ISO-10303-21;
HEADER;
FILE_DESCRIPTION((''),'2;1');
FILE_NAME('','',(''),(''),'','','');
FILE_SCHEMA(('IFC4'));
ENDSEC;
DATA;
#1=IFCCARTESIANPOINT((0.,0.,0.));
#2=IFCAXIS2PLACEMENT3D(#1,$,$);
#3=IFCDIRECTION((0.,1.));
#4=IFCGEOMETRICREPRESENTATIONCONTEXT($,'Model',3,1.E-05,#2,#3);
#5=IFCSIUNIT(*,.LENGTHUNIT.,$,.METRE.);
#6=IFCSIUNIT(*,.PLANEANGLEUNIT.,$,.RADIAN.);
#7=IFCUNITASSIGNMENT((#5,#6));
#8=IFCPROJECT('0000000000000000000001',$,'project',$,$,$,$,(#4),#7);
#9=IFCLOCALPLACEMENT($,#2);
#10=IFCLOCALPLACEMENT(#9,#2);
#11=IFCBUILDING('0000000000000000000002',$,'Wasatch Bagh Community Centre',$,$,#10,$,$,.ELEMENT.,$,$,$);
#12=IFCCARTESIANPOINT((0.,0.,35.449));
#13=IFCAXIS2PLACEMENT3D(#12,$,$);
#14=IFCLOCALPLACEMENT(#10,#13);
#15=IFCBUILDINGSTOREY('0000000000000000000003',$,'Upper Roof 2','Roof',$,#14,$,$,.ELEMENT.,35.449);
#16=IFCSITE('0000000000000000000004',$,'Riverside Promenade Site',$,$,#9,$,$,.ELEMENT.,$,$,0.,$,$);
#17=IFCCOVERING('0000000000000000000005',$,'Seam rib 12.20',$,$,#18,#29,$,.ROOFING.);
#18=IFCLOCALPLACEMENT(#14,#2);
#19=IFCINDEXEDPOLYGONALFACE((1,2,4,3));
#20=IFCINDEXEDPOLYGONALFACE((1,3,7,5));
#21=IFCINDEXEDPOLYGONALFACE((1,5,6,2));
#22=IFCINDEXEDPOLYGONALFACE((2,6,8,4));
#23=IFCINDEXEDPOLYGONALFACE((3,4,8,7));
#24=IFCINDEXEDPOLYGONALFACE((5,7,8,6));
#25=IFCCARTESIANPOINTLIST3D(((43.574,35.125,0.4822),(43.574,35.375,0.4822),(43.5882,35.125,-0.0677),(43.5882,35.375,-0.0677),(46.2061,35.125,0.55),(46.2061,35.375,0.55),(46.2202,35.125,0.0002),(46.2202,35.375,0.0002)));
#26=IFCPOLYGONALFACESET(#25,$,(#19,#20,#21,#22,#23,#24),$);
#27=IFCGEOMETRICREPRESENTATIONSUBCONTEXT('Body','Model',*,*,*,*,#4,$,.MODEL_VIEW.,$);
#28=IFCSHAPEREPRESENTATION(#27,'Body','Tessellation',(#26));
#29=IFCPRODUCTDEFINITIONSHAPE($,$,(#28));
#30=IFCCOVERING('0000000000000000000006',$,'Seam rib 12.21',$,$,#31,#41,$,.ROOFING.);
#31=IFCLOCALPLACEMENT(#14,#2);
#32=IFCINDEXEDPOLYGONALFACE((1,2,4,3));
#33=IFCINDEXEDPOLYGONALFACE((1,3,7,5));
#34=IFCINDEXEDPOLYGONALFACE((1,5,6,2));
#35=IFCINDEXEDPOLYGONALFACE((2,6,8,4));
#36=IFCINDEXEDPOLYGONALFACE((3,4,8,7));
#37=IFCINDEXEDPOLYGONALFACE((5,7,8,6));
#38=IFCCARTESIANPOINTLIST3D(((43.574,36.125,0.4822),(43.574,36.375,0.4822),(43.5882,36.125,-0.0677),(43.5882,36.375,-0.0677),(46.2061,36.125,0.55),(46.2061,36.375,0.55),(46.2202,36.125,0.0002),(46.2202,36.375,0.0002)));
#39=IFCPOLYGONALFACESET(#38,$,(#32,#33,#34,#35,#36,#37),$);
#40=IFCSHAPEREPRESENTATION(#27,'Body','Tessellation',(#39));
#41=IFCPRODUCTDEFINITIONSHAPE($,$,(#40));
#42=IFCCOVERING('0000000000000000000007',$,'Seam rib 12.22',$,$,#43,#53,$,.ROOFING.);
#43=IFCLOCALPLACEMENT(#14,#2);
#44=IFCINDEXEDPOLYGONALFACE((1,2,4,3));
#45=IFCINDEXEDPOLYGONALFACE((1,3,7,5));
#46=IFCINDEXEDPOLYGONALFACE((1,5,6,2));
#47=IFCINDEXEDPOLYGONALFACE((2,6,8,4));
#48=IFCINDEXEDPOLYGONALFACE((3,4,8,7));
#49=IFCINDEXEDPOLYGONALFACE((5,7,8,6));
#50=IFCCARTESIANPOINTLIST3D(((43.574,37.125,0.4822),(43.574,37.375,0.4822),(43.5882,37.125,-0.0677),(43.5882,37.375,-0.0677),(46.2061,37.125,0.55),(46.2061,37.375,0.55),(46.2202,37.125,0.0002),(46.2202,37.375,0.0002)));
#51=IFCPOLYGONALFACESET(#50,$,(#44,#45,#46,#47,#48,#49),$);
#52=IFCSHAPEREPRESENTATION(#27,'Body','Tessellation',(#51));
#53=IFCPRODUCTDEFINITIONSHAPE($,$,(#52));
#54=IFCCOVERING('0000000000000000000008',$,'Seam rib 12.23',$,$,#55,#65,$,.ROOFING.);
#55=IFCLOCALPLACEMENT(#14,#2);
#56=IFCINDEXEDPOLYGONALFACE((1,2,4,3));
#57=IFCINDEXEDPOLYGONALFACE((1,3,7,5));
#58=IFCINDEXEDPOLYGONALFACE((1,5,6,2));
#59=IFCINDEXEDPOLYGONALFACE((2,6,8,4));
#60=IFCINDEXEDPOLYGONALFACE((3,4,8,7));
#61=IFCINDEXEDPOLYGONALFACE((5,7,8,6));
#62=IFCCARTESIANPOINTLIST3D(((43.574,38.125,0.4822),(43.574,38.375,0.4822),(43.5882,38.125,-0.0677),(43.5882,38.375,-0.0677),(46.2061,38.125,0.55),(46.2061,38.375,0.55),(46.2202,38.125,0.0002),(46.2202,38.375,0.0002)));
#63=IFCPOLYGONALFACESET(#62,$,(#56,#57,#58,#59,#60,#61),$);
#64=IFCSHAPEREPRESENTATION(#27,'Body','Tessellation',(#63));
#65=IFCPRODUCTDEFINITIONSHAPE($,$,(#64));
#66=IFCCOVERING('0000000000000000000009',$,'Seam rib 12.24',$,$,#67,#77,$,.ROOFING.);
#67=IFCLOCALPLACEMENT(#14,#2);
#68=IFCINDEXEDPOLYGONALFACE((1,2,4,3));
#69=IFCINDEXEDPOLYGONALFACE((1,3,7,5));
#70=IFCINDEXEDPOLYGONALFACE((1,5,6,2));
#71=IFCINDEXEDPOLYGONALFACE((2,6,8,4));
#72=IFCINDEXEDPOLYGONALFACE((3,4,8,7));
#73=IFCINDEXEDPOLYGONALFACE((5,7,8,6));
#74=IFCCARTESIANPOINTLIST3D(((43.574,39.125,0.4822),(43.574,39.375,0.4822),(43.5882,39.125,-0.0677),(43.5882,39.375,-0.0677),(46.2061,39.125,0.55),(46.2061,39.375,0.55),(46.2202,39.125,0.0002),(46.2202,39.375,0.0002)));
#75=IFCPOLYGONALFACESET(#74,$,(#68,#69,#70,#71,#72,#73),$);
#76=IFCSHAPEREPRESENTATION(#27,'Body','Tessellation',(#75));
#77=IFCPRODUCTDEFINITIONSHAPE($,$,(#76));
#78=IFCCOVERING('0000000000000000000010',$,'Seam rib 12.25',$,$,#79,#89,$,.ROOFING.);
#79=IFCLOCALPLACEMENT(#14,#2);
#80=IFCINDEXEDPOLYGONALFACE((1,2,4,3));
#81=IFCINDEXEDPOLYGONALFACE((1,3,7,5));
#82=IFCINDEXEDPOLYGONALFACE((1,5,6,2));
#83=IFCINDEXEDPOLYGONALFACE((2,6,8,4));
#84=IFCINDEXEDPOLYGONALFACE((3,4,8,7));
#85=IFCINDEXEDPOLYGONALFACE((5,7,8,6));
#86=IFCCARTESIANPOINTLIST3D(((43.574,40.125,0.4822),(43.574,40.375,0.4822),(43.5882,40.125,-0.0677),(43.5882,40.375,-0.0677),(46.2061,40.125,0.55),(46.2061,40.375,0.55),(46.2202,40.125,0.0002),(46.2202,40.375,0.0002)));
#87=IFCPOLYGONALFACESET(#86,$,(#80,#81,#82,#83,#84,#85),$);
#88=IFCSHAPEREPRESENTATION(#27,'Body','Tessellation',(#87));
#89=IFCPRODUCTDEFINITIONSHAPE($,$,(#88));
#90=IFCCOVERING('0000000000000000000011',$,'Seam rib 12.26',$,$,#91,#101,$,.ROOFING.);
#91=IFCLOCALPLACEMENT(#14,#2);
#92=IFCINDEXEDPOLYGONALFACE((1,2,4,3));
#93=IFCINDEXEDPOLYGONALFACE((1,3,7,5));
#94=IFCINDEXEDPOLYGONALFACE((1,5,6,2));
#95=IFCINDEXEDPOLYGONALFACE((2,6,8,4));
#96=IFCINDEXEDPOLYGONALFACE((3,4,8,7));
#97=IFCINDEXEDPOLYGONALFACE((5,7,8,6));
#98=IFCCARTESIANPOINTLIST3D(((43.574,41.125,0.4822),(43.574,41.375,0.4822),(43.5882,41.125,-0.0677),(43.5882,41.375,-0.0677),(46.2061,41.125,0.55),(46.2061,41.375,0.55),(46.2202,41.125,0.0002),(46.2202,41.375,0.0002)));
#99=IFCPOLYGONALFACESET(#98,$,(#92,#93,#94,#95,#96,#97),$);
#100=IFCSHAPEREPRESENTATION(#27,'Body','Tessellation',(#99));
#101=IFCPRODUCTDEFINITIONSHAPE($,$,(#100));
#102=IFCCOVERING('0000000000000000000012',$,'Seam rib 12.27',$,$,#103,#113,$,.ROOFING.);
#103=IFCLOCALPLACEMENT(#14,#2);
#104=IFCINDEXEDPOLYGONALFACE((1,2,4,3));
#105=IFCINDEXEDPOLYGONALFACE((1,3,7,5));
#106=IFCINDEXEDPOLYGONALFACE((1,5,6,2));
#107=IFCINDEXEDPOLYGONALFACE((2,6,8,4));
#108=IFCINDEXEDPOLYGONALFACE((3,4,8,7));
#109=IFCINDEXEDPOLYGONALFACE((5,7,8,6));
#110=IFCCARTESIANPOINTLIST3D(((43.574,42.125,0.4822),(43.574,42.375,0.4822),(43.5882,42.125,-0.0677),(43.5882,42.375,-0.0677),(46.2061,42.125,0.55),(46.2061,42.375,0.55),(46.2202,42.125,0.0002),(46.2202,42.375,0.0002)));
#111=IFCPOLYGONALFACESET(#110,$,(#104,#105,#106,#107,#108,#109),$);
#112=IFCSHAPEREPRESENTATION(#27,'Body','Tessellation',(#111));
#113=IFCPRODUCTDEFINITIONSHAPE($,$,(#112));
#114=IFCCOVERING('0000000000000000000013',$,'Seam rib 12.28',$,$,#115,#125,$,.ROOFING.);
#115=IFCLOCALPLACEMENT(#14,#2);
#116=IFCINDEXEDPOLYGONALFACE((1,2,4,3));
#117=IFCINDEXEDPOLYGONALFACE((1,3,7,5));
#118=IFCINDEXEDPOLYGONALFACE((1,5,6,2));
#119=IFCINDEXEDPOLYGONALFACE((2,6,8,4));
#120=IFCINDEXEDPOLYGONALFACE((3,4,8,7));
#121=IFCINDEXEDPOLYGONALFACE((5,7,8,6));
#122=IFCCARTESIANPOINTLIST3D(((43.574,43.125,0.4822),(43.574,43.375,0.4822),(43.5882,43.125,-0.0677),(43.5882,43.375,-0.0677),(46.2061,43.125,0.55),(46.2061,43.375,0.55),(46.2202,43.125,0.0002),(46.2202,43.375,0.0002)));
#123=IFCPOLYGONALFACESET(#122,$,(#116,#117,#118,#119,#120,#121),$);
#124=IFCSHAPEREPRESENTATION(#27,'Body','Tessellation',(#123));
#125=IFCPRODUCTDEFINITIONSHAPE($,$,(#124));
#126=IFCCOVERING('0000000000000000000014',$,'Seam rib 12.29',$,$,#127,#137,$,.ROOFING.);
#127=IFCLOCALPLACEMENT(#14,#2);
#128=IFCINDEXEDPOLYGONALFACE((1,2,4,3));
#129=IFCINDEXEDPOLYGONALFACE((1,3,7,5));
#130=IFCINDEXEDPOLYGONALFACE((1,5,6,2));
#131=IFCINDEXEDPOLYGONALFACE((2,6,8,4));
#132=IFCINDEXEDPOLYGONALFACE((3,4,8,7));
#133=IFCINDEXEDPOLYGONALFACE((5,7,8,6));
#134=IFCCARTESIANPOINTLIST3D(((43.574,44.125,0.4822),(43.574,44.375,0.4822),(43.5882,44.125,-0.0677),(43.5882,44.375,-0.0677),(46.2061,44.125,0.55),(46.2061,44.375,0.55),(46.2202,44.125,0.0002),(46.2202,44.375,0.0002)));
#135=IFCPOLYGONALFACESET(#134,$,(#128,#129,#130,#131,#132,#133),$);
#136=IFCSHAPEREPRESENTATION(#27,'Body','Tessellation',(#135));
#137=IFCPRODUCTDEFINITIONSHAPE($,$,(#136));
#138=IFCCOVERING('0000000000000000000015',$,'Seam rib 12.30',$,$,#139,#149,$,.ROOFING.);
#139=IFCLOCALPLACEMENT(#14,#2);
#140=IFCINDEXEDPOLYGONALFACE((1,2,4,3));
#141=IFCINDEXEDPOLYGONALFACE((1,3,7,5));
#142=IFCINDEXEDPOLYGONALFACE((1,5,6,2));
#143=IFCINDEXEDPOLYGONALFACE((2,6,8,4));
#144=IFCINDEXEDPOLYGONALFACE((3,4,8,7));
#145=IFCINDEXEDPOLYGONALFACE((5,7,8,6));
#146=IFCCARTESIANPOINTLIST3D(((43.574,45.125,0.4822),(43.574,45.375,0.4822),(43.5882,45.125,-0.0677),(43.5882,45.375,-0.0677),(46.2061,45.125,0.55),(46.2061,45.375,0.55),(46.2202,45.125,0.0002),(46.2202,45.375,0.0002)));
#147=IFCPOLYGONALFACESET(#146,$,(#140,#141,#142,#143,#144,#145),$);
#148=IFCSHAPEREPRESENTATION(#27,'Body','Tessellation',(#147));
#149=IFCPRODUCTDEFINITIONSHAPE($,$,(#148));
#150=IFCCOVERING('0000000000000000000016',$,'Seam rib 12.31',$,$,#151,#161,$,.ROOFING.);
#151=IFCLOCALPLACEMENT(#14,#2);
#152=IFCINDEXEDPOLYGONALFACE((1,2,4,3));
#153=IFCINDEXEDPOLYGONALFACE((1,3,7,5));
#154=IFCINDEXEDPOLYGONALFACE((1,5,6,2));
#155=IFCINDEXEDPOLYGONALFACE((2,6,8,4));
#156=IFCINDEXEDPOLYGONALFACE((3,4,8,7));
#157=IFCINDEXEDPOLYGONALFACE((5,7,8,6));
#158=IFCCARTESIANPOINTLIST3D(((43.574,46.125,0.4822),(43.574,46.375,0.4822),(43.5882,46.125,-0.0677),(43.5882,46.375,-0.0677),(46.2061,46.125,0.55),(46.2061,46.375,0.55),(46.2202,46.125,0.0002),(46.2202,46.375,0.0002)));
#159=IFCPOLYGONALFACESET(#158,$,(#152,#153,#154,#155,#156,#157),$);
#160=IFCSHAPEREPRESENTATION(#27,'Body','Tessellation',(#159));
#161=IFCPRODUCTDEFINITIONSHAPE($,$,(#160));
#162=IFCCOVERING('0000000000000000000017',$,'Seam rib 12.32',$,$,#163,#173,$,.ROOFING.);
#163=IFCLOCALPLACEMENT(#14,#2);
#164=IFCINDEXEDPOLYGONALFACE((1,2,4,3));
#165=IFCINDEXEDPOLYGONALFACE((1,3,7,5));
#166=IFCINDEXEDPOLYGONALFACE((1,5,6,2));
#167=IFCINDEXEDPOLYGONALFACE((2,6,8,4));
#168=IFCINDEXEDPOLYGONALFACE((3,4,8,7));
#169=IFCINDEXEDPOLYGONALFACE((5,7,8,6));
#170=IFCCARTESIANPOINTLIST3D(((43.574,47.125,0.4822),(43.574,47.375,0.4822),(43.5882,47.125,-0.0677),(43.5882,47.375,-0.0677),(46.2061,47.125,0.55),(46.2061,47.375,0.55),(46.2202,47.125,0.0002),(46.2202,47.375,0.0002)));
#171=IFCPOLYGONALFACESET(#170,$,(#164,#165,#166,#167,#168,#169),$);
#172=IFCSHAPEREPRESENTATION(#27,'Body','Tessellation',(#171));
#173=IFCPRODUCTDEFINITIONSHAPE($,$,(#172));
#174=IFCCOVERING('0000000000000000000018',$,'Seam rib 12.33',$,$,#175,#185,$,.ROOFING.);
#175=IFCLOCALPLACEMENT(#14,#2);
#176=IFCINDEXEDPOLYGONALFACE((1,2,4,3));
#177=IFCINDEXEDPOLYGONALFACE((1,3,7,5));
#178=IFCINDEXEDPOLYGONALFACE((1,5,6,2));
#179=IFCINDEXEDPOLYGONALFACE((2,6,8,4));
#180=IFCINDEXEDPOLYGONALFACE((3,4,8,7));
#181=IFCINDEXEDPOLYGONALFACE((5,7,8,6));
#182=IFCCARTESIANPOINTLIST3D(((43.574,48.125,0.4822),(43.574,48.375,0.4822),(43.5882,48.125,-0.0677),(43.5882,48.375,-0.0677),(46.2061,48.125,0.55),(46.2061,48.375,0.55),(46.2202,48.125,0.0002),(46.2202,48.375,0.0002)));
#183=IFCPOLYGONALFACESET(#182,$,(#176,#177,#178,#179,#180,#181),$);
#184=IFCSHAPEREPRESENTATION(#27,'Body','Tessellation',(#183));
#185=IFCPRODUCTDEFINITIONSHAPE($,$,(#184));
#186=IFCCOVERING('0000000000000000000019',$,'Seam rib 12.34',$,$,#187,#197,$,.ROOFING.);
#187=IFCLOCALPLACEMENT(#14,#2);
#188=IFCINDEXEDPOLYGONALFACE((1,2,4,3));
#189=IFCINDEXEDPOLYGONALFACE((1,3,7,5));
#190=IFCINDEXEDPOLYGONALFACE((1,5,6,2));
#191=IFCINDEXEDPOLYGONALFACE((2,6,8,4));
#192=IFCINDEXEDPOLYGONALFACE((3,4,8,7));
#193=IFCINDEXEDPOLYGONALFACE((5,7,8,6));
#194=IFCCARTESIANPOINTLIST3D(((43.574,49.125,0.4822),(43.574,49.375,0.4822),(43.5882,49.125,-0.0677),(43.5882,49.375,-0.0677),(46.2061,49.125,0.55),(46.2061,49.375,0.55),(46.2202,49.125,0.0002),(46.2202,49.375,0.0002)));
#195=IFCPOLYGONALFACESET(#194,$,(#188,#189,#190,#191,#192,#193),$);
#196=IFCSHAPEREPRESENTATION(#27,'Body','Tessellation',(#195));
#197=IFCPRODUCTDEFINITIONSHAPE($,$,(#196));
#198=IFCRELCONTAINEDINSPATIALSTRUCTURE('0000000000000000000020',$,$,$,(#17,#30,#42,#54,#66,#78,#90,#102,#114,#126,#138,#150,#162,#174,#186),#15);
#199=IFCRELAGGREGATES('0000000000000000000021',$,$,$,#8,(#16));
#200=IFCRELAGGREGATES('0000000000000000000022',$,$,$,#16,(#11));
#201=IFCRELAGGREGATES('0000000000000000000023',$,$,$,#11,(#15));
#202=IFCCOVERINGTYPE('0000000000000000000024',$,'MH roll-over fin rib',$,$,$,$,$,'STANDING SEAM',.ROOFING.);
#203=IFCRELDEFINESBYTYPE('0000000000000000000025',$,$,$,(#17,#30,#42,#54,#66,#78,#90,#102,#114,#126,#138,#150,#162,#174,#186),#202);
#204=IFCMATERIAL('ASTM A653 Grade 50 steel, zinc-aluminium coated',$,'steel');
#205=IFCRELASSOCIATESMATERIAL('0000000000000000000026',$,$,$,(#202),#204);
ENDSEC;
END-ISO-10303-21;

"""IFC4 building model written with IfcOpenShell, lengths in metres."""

from ifc_helpers import new_model, si_unit, direction, frame, origin, place, context, subcontext, project, spatial, polyline, outline, extrude, material, type_object, element, save


model = new_model("IFC4")

# Units and contexts
model_context = context("Model", 3, precision=1e-05, world=origin(), true_north=direction((0.0, 1.0)))
body_context = subcontext(model_context, "Body", "Model", "MODEL_VIEW")
ifc_project = project(units=[si_unit("LENGTHUNIT", "METRE"), si_unit("PLANEANGLEUNIT", "RADIAN")], contexts=[model_context])

# Site, building, storey
site_placement = place(None, origin())
site = spatial("IfcSite", under=ifc_project, at=site_placement, Name="Riverside Promenade Site", CompositionType="ELEMENT", RefElevation=0.0)
building_placement = place(site_placement, origin())
building = spatial("IfcBuilding", under=site, at=building_placement, Name="Wasatch Bagh Community Centre", CompositionType="ELEMENT")
storey_placement = place(building_placement, frame((0.0, 0.0, 35.449)))
storey = spatial("IfcBuildingStorey", under=building, at=storey_placement, Name="Upper Roof 2", Description="Roof", CompositionType="ELEMENT", Elevation=35.449)

# Coverings
ifc_material = material(Name="ASTM A653 Grade 50 steel, zinc-aluminium coated", Category="steel")
covering_type = type_object("IfcCoveringType", Name="MH roll-over fin rib", ElementType="STANDING SEAM", PredefinedType="ROOFING", material=ifc_material)
for number, where, z_axis, x_axis, name in (
    (1, (43.574, 35.125, 0.4822), (-0.025778, 0.0, 0.999668), (0.999668, 0.0, 0.025778), "Seam rib 12.20"),
    (2, (43.574, 36.125, 0.4822), (-0.025778, 0.0, 0.999668), (0.999668, 0.0, 0.025778), "Seam rib 12.21"),
    (3, (43.574, 37.125, 0.4822), (-0.025778, 0.0, 0.999668), (0.999668, 0.0, 0.025778), "Seam rib 12.22"),
    (4, (43.574, 38.125, 0.4822), (-0.025778, 0.0, 0.999668), (0.999668, 0.0, 0.025778), "Seam rib 12.23"),
    (5, (43.574, 39.125, 0.4822), (-0.025778, 0.0, 0.999668), (0.999668, 0.0, 0.025778), "Seam rib 12.24"),
    (6, (43.574, 40.125, 0.4822), (-0.025778, 0.0, 0.999668), (0.999668, 0.0, 0.025778), "Seam rib 12.25"),
    (7, (43.574, 41.125, 0.4822), (-0.025778, 0.0, 0.999668), (0.999668, 0.0, 0.025778), "Seam rib 12.26"),
    (8, (43.574, 42.125, 0.4822), (-0.025778, 0.0, 0.999668), (0.999668, 0.0, 0.025778), "Seam rib 12.27"),
    (9, (43.574, 43.125, 0.4822), (-0.025778, 0.0, 0.999668), (0.999668, 0.0, 0.025778), "Seam rib 12.28"),
    (10, (43.574, 44.125, 0.4822), (-0.025778, 0.0, 0.999668), (0.999668, 0.0, 0.025778), "Seam rib 12.29"),
    (11, (43.574, 45.125, 0.4822), (-0.025778, 0.0, 0.999668), (0.999668, 0.0, 0.025778), "Seam rib 12.30"),
    (12, (43.574, 46.125, 0.4822), (-0.025778, 0.0, 0.999668), (0.999668, 0.0, 0.025778), "Seam rib 12.31"),
    (13, (43.574, 47.125, 0.4822), (-0.025778, 0.0, 0.999668), (0.999668, 0.0, 0.025778), "Seam rib 12.32"),
    (14, (43.574, 48.125, 0.4822), (-0.025778, 0.0, 0.999668), (0.999668, 0.0, 0.025778), "Seam rib 12.33"),
    (15, (43.574, 49.125, 0.4822), (-0.025778, 0.0, 0.999668), (0.999668, 0.0, 0.025778), "Seam rib 12.34"),
):
    element("IfcCovering", number, at=place(storey_placement, frame(where, z_axis=z_axis, x_axis=x_axis)), inside=storey, type_object=covering_type, Name=name, PredefinedType="ROOFING", context=body_context, shape_type="SweptSolid", body=[
        extrude(outline(polyline([(0.0, 0.0), (2.633, 0.0), (2.633, 0.25), (0.0, 0.25), (0.0, 0.0)])), origin(), (0.0, 0.0, -1.0), 0.55),
    ])

save(model, "model.ifc")
